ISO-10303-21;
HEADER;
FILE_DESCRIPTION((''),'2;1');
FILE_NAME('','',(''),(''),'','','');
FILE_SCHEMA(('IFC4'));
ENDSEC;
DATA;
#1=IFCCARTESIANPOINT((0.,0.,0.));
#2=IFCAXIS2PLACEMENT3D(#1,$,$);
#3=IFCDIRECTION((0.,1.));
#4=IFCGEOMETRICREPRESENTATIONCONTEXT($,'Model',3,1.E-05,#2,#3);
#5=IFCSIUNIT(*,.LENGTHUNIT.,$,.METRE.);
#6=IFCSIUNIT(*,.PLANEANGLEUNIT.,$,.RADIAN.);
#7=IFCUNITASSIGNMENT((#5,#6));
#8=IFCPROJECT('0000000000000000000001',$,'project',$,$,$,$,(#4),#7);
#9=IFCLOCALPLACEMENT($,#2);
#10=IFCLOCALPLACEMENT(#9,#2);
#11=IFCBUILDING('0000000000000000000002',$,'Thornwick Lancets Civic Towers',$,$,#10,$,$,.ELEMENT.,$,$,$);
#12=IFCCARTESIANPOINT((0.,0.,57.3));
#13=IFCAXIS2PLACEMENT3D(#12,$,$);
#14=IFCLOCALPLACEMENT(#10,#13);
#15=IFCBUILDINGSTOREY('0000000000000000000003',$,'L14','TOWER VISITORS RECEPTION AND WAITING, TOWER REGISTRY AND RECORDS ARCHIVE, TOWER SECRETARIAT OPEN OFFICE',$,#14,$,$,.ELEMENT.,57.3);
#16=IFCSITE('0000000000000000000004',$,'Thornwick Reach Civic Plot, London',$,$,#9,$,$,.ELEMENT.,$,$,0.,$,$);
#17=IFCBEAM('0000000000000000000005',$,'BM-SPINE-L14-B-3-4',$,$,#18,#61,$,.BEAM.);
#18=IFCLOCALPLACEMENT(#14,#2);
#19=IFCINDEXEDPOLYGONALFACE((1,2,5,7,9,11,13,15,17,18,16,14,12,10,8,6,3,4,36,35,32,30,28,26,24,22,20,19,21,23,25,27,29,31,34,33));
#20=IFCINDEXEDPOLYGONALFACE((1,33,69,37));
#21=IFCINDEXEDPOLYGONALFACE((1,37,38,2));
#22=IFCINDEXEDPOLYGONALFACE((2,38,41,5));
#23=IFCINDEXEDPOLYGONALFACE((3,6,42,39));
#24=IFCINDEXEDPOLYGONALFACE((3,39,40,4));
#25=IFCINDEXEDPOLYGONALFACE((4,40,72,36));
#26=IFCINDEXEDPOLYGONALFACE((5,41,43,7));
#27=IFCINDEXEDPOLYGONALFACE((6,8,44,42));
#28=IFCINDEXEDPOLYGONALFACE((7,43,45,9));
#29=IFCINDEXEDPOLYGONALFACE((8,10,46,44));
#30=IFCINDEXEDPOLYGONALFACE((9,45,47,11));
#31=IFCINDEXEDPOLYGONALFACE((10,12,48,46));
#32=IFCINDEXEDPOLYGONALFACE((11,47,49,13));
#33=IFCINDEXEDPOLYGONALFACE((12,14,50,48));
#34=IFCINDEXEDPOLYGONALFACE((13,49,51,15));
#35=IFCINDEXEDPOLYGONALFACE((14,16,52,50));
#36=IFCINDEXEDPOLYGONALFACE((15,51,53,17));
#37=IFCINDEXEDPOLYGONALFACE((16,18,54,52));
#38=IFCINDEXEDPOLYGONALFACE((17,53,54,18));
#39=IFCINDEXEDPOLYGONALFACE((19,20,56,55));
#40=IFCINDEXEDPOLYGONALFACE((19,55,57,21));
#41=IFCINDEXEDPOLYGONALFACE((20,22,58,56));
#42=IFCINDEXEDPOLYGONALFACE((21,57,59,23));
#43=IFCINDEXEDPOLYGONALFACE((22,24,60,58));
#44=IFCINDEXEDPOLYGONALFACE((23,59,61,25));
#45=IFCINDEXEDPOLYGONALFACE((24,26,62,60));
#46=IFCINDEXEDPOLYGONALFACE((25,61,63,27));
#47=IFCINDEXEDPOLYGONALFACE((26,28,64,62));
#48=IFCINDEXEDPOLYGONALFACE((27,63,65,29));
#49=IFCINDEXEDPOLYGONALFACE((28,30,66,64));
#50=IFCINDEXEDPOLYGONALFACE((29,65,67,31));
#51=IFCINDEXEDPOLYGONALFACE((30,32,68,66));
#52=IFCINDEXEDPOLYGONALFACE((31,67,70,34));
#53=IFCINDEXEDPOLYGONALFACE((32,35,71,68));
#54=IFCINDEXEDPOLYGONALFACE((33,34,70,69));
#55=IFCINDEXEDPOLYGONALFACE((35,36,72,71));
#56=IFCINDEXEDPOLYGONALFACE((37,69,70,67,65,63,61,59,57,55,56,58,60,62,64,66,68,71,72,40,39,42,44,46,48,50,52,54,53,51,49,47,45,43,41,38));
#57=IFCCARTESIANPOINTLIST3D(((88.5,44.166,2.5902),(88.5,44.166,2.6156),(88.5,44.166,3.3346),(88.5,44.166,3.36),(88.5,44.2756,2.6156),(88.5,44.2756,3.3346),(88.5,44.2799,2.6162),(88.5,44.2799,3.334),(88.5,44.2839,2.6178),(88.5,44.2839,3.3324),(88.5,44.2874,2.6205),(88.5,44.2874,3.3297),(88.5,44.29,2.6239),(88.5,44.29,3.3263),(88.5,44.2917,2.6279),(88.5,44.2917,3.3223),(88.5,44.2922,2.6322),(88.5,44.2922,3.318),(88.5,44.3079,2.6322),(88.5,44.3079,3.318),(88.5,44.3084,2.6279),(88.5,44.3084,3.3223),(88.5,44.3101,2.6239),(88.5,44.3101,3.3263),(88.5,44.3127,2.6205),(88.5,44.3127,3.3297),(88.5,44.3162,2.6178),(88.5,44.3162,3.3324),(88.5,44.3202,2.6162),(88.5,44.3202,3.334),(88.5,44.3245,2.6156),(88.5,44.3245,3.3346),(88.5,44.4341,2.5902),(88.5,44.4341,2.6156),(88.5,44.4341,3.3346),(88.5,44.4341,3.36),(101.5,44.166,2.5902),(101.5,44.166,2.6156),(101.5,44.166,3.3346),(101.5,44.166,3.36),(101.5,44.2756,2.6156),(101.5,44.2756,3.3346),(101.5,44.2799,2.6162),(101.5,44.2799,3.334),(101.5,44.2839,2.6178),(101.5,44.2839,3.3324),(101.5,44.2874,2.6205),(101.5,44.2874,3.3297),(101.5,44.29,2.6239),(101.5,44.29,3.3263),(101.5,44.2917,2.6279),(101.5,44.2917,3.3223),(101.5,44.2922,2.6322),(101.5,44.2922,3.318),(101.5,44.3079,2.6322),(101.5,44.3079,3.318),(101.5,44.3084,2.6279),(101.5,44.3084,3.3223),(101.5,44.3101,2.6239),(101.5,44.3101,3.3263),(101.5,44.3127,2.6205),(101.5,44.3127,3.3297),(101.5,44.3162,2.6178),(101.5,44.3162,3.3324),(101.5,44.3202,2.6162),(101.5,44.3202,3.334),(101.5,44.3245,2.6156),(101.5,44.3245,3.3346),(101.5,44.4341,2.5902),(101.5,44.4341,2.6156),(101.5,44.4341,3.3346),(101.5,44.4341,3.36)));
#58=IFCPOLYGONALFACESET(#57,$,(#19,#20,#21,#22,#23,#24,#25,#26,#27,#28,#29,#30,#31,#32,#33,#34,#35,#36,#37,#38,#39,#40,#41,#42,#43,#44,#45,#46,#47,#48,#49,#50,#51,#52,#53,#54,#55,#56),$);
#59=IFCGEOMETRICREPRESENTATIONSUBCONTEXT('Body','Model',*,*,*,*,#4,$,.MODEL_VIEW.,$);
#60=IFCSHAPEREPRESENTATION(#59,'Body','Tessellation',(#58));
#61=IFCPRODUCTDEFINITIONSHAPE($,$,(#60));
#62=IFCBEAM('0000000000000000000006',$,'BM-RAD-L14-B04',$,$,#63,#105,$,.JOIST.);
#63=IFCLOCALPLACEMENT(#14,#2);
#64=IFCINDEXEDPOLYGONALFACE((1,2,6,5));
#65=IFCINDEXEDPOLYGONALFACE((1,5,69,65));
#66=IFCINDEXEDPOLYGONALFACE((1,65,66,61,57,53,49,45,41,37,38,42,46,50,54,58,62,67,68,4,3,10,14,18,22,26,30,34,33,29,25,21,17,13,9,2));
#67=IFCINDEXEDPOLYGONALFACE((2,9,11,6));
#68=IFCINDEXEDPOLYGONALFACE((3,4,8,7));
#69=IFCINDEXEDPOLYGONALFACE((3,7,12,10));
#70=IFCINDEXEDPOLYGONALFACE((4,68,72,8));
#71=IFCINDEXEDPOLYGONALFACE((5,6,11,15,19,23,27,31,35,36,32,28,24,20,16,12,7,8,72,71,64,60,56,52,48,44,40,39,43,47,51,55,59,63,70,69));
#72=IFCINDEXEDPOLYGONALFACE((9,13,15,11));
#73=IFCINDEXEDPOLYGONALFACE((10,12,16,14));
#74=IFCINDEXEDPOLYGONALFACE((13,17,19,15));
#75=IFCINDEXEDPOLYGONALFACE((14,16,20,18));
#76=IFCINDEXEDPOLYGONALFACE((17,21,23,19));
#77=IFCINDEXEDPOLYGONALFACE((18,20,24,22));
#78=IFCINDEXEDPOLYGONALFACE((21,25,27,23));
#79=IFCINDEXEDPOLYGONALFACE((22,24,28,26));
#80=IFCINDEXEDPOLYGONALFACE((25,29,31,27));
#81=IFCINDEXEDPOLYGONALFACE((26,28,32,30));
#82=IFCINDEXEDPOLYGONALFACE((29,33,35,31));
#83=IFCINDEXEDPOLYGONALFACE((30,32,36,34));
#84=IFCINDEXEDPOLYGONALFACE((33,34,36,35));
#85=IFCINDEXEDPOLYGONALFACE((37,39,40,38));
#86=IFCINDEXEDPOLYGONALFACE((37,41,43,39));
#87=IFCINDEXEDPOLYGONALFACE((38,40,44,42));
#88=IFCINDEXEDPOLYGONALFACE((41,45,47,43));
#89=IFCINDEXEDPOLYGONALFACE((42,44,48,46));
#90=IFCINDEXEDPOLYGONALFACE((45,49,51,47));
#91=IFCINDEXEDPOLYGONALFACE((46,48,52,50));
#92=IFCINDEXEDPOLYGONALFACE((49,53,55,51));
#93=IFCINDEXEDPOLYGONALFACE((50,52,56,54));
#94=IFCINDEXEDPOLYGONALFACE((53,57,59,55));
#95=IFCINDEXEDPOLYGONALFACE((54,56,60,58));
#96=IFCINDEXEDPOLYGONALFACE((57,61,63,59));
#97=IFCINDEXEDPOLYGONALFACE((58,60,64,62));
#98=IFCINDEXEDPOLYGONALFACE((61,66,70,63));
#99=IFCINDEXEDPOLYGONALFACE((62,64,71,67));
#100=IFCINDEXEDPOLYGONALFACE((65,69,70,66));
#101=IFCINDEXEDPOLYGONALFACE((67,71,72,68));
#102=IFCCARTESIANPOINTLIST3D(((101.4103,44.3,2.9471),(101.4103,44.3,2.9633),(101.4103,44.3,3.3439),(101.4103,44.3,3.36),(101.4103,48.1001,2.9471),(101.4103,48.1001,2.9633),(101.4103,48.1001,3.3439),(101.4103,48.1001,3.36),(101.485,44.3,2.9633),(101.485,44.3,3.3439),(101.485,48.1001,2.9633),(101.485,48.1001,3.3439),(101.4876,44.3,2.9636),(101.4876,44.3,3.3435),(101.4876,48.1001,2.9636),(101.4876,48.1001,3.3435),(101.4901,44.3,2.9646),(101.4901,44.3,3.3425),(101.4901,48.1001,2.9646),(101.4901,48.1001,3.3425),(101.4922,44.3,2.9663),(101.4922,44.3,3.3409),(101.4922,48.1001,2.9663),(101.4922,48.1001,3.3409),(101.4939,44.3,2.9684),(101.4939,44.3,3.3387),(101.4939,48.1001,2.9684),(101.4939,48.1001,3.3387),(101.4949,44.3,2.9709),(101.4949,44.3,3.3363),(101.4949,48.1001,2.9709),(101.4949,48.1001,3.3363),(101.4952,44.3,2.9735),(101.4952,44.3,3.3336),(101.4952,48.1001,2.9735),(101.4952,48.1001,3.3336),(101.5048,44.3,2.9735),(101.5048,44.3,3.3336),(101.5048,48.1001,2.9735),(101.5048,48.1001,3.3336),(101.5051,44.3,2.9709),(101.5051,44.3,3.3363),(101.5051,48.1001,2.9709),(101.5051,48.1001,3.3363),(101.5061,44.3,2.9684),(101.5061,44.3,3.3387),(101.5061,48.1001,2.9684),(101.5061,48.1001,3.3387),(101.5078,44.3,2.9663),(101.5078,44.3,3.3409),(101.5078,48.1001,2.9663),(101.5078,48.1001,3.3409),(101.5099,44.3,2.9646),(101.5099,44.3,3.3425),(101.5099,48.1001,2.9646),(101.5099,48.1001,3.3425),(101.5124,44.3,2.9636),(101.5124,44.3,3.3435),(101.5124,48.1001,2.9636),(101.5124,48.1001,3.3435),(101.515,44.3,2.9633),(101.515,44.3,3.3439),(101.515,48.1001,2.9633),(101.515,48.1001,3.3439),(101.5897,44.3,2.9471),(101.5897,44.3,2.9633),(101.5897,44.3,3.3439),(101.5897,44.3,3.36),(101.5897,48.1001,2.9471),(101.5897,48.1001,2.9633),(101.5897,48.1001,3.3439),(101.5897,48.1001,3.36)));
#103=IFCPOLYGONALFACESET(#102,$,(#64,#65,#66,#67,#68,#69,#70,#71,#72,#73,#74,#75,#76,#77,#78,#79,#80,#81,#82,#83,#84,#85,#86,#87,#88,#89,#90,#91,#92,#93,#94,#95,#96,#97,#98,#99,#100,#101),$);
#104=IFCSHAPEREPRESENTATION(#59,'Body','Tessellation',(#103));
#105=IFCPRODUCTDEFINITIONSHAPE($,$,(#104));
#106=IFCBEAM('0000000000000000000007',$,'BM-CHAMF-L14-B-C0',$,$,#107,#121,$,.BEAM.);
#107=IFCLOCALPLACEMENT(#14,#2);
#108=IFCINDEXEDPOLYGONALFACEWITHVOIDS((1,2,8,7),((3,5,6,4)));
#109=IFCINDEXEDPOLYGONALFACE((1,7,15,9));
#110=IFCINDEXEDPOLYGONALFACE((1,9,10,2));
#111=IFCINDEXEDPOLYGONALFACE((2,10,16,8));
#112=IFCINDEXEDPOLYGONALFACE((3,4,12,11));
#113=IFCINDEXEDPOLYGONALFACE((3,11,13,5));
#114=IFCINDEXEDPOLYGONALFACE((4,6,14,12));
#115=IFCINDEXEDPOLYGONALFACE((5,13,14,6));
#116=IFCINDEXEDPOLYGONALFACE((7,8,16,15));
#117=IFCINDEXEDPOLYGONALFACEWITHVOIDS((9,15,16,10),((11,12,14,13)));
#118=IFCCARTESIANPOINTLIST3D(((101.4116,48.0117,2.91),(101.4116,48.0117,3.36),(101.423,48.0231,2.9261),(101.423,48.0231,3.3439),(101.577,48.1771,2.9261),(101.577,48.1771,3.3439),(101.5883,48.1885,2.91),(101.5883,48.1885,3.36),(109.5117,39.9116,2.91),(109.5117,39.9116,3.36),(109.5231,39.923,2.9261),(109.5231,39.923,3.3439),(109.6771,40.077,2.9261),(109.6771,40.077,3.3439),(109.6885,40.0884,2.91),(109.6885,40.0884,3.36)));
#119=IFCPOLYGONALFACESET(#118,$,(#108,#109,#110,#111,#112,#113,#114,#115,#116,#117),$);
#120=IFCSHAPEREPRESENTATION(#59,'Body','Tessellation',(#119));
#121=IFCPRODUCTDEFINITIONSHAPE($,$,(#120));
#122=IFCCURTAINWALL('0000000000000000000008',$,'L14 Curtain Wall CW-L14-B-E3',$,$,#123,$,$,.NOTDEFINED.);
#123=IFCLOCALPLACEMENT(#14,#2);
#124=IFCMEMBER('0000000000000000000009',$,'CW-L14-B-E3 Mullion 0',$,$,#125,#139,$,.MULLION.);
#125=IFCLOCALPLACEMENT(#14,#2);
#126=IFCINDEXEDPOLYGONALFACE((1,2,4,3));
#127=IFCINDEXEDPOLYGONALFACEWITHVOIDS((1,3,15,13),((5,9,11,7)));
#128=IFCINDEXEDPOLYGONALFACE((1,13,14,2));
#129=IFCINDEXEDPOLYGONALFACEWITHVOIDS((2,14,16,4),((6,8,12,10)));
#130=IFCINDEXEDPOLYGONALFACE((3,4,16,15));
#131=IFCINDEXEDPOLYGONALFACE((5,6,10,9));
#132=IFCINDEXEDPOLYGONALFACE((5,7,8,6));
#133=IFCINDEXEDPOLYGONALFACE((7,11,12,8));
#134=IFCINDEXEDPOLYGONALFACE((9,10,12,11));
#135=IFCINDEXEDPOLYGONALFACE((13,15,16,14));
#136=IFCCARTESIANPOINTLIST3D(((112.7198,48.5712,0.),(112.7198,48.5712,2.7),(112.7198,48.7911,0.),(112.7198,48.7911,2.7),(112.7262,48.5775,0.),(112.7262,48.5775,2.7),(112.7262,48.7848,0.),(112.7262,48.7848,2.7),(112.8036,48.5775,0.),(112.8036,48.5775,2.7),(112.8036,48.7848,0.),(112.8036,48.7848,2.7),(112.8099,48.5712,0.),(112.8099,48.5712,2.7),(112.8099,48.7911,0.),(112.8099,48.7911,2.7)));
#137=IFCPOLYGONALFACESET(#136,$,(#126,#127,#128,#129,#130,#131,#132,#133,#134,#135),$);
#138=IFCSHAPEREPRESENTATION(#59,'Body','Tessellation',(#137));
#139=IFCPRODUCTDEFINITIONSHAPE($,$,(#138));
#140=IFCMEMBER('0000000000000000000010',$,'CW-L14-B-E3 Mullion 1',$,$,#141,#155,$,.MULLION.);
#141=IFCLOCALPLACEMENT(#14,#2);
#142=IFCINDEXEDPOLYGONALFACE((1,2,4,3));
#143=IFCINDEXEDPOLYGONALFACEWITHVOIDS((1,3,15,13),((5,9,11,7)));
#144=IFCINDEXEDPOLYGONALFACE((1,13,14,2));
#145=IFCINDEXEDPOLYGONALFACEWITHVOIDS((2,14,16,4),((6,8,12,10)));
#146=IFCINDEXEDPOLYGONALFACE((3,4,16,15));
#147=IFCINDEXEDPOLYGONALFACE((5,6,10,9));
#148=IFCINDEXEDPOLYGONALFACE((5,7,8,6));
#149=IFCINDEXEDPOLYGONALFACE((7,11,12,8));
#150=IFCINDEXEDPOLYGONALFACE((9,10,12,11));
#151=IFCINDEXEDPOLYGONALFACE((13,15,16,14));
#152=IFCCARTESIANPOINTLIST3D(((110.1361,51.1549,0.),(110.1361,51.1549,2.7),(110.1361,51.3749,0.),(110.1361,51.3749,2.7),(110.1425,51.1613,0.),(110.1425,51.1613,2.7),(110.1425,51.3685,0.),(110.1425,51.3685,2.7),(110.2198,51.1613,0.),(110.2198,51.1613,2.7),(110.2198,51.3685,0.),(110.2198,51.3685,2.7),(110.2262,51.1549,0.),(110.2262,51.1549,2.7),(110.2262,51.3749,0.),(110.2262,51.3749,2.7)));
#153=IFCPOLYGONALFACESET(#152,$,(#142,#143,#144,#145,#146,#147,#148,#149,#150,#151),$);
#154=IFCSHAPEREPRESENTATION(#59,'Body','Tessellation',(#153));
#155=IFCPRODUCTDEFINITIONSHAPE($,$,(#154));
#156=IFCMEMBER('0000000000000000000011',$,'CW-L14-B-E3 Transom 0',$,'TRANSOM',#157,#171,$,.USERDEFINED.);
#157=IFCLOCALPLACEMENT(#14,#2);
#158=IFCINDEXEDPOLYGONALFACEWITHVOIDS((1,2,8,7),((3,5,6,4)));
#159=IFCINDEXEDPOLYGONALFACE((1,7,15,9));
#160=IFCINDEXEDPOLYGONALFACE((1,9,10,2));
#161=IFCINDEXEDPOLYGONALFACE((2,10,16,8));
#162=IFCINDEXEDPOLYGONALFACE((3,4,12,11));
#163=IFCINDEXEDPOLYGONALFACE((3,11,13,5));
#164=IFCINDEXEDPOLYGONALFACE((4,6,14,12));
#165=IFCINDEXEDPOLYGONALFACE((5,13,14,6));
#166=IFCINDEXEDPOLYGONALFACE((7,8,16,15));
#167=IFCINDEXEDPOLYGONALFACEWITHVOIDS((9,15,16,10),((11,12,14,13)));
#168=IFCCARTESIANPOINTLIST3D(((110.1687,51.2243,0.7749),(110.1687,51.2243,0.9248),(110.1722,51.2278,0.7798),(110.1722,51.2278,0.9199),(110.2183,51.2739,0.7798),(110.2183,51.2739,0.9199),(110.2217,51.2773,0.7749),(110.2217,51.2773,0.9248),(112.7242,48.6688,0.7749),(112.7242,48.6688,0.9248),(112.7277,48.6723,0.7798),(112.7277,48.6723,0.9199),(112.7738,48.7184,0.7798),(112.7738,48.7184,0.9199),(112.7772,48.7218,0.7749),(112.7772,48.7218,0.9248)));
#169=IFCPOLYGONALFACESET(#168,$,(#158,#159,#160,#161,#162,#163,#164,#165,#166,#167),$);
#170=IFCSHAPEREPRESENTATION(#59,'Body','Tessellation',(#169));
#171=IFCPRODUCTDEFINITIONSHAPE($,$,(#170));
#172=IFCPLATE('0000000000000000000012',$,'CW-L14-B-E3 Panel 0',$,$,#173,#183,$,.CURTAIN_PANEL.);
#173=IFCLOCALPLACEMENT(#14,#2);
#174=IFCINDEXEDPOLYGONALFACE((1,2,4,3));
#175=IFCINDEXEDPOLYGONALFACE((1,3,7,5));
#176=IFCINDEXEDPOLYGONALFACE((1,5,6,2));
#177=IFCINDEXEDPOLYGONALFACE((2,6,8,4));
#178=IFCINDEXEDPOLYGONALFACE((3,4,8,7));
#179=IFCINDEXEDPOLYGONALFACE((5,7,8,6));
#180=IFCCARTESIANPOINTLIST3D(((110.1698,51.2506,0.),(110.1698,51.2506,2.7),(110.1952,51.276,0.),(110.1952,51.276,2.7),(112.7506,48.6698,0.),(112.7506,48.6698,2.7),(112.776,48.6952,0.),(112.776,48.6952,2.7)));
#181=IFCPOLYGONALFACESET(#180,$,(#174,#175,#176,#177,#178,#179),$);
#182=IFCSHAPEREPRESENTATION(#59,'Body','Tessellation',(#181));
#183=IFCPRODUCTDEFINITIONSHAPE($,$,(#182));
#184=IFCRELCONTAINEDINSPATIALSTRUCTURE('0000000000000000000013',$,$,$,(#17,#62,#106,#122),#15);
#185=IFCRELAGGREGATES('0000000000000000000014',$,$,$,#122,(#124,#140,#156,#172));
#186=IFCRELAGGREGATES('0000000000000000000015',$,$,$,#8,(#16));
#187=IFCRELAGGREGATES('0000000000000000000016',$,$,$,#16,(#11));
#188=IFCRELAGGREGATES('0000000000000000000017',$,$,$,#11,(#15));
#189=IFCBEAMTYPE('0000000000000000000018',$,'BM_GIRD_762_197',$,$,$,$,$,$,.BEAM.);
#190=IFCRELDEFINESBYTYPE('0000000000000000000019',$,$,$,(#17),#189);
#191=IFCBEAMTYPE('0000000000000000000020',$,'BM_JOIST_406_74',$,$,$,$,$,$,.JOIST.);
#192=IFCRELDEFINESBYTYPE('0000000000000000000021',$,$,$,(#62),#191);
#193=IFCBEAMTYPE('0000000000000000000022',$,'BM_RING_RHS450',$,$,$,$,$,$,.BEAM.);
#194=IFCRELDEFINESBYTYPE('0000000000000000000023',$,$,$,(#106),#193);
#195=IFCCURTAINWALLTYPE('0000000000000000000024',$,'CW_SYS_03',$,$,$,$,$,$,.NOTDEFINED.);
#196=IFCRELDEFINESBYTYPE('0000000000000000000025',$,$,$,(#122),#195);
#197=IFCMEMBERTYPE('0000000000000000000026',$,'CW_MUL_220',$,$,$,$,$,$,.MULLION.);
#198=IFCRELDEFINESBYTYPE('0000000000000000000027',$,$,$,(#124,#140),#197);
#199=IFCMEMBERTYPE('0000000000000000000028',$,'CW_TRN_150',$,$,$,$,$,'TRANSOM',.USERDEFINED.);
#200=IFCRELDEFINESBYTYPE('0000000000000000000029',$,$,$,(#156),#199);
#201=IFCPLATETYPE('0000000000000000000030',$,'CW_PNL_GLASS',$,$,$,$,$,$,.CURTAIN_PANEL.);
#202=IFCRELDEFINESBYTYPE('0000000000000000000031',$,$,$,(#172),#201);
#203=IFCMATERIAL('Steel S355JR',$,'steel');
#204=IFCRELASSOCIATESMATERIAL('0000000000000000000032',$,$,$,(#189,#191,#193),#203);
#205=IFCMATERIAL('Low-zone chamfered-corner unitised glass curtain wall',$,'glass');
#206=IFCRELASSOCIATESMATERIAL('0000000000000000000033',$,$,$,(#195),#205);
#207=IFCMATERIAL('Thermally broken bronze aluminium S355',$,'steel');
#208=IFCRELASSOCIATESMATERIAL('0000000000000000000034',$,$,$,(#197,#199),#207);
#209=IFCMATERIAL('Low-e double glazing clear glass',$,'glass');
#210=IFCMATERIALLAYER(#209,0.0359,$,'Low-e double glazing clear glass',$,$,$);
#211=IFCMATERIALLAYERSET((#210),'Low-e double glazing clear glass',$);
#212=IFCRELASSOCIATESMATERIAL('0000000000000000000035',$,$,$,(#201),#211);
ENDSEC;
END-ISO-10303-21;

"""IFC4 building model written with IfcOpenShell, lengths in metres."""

from ifc_helpers import new_model, si_unit, direction, frame, origin, origin_2d, place, context, subcontext, project, spatial, rectangle, hollow_rectangle, i_section, extrude, material, layer, layer_set, material_profile, profile_set, type_object, element, aggregate, save


model = new_model("IFC4")

# Units and contexts
model_context = context("Model", 3, precision=1e-05, world=origin(), true_north=direction((0.0, 1.0)))
body_context = subcontext(model_context, "Body", "Model", "MODEL_VIEW")
ifc_project = project(units=[si_unit("LENGTHUNIT", "METRE"), si_unit("PLANEANGLEUNIT", "RADIAN")], contexts=[model_context])

# Site, building, storey
site_placement = place(None, origin())
site = spatial("IfcSite", under=ifc_project, at=site_placement, Name="Thornwick Reach Civic Plot, London", CompositionType="ELEMENT", RefElevation=0.0)
building_placement = place(site_placement, origin())
building = spatial("IfcBuilding", under=site, at=building_placement, Name="Thornwick Lancets Civic Towers", CompositionType="ELEMENT")
storey_placement = place(building_placement, frame((0.0, 0.0, 57.3)))
storey = spatial("IfcBuildingStorey", under=building, at=storey_placement, Name="L14", Description="TOWER VISITORS RECEPTION AND WAITING, TOWER REGISTRY AND RECORDS ARCHIVE, TOWER SECRETARIAT OPEN OFFICE", CompositionType="ELEMENT", Elevation=57.3)

# Beams
ifc_material_1 = material(Name="Steel S355JR", Category="steel")
ifc_material_profile_1 = material_profile(ifc_material_1, i_section(OverallWidth=0.2681, OverallDepth=0.7698, WebThickness=0.0156, FlangeThickness=0.0254, FilletRadius=0.0166, at=origin_2d()), Name="UKB 762x267x197")
ifc_profile_set_1 = profile_set([ifc_material_profile_1], Name="Steel S355JR")
beam_type_1 = type_object("IfcBeamType", Name="BM_GIRD_762_197", PredefinedType="BEAM", material=ifc_profile_set_1)
beam_1_placement = place(storey_placement, frame((101.5, 44.3, 2.9751), z_axis=(-1.0, 0.0, 0.0), x_axis=(0.0, -1.0, 0.0)))
element("IfcBeam", 1, at=beam_1_placement, inside=storey, type_object=beam_type_1, Name="BM-SPINE-L14-B-3-4", PredefinedType="BEAM", context=body_context, shape_type="SweptSolid", body=[
    extrude(i_section(OverallWidth=0.2681, OverallDepth=0.7698, WebThickness=0.0156, FlangeThickness=0.0254, FilletRadius=0.0166, at=origin_2d()), origin(), (0.0, 0.0, 1.0), 13.0),
])
ifc_material_profile_2 = material_profile(ifc_material_1, i_section(OverallWidth=0.1794, OverallDepth=0.4128, WebThickness=0.0095, FlangeThickness=0.0161, FilletRadius=0.0103, at=origin_2d()), Name="UKB 406x178x74")
ifc_profile_set_2 = profile_set([ifc_material_profile_2], Name="Steel S355JR")
beam_type_2 = type_object("IfcBeamType", Name="BM_JOIST_406_74", PredefinedType="JOIST", material=ifc_profile_set_2)
beam_2_placement = place(storey_placement, frame((101.5, 44.3, 3.1536), z_axis=(0.0, 1.0, 0.0), x_axis=(-1.0, 0.0, 0.0)))
element("IfcBeam", 2, at=beam_2_placement, inside=storey, type_object=beam_type_2, Name="BM-RAD-L14-B04", PredefinedType="JOIST", context=body_context, shape_type="SweptSolid", body=[
    extrude(i_section(OverallWidth=0.1794, OverallDepth=0.4128, WebThickness=0.0095, FlangeThickness=0.0161, FilletRadius=0.0103, at=origin_2d()), origin(), (0.0, 0.0, 1.0), 3.8),
])
ifc_material_profile_3 = material_profile(ifc_material_1, hollow_rectangle(XDim=0.25, YDim=0.45, WallThickness=0.0161, at=origin_2d()), Name="RHS 450x250x16")
ifc_profile_set_3 = profile_set([ifc_material_profile_3], Name="Steel S355JR")
beam_type_3 = type_object("IfcBeamType", Name="BM_RING_RHS450", PredefinedType="BEAM", material=ifc_profile_set_3)
beam_3_placement = place(storey_placement, frame((109.6001, 40.0, 3.135), z_axis=(-0.707107, 0.707107, 0.0), x_axis=(-0.707107, -0.707107, 0.0)))
element("IfcBeam", 3, at=beam_3_placement, inside=storey, type_object=beam_type_3, Name="BM-CHAMF-L14-B-C0", PredefinedType="BEAM", context=body_context, shape_type="SweptSolid", body=[
    extrude(hollow_rectangle(XDim=0.25, YDim=0.45, WallThickness=0.0161, at=origin_2d()), origin(), (0.0, 0.0, 1.0), 11.4553),
])

# Curtain wall, members, plate
ifc_material_2 = material(Name="Low-zone chamfered-corner unitised glass curtain wall", Category="glass")
curtain_wall_type = type_object("IfcCurtainWallType", Name="CW_SYS_03", PredefinedType="NOTDEFINED", material=ifc_material_2)
curtain_wall_placement = place(storey_placement, origin())
curtain_wall = element("IfcCurtainWall", 4, at=curtain_wall_placement, inside=storey, type_object=curtain_wall_type, Name="L14 Curtain Wall CW-L14-B-E3", PredefinedType="NOTDEFINED")
ifc_material_3 = material(Name="Thermally broken bronze aluminium S355", Category="steel")
ifc_material_profile_4 = material_profile(ifc_material_3, hollow_rectangle(XDim=0.0901, YDim=0.22, WallThickness=0.0063, at=origin_2d()), Name="RHS 220x90x6.3")
ifc_profile_set_4 = profile_set([ifc_material_profile_4], Name="Thermally broken bronze aluminium S355")
member_type_1 = type_object("IfcMemberType", Name="CW_MUL_220", PredefinedType="MULLION", material=ifc_profile_set_4)
member_1_placement = place(storey_placement, frame((112.7649, 48.6812, 0.0), z_axis=(0.0, 0.0, 1.0), x_axis=(1.0, 0.0, 0.0)))
member_1 = element("IfcMember", 5, at=member_1_placement, type_object=member_type_1, Name="CW-L14-B-E3 Mullion 0", PredefinedType="MULLION", context=body_context, shape_type="SweptSolid", body=[
    extrude(hollow_rectangle(XDim=0.0901, YDim=0.22, WallThickness=0.0063, at=origin_2d()), origin(), (0.0, 0.0, 1.0), 2.7),
])
member_2_placement = place(storey_placement, frame((110.1812, 51.2649, 0.0), z_axis=(0.0, 0.0, 1.0), x_axis=(1.0, 0.0, 0.0)))
member_2 = element("IfcMember", 6, at=member_2_placement, type_object=member_type_1, Name="CW-L14-B-E3 Mullion 1", PredefinedType="MULLION", context=body_context, shape_type="SweptSolid", body=[
    extrude(hollow_rectangle(XDim=0.0901, YDim=0.22, WallThickness=0.0063, at=origin_2d()), origin(), (0.0, 0.0, 1.0), 2.7),
])
ifc_material_profile_5 = material_profile(ifc_material_3, hollow_rectangle(XDim=0.075, YDim=0.1499, WallThickness=0.0049, at=origin_2d()), Name="RHS 150x75x5")
ifc_profile_set_5 = profile_set([ifc_material_profile_5], Name="Thermally broken bronze aluminium S355")
member_type_2 = type_object("IfcMemberType", Name="CW_TRN_150", ElementType="TRANSOM", PredefinedType="USERDEFINED", material=ifc_profile_set_5)
member_3_placement = place(storey_placement, frame((112.7507, 48.6953, 0.8499), z_axis=(-0.707107, 0.707107, 0.0), x_axis=(-0.707107, -0.707107, 0.0)))
member_3 = element("IfcMember", 7, at=member_3_placement, type_object=member_type_2, Name="CW-L14-B-E3 Transom 0", ObjectType="TRANSOM", PredefinedType="USERDEFINED", context=body_context, shape_type="SweptSolid", body=[
    extrude(hollow_rectangle(XDim=0.075, YDim=0.1499, WallThickness=0.0049, at=origin_2d()), origin(), (0.0, 0.0, 1.0), 3.614),
])
ifc_material_4 = material(Name="Low-e double glazing clear glass", Category="glass")
ifc_layer_1 = layer(ifc_material_4, 0.0359, Name="Low-e double glazing clear glass")
ifc_layer_set_1 = layer_set([ifc_layer_1], Name="Low-e double glazing clear glass")
plate_type = type_object("IfcPlateType", Name="CW_PNL_GLASS", PredefinedType="CURTAIN_PANEL", material=ifc_layer_set_1)
plate_placement = place(storey_placement, frame((111.4729, 49.9729, 0.0), z_axis=(0.0, 0.0, 1.0), x_axis=(-0.707107, 0.707107, 0.0)))
plate = element("IfcPlate", 8, at=plate_placement, type_object=plate_type, Name="CW-L14-B-E3 Panel 0", PredefinedType="CURTAIN_PANEL", context=body_context, shape_type="SweptSolid", body=[
    extrude(rectangle(XDim=3.6499, YDim=0.0359, at=origin_2d()), origin(), (0.0, 0.0, 1.0), 2.7),
])
aggregate(curtain_wall, [member_1, member_2, member_3, plate])

save(model, "model.ifc")
